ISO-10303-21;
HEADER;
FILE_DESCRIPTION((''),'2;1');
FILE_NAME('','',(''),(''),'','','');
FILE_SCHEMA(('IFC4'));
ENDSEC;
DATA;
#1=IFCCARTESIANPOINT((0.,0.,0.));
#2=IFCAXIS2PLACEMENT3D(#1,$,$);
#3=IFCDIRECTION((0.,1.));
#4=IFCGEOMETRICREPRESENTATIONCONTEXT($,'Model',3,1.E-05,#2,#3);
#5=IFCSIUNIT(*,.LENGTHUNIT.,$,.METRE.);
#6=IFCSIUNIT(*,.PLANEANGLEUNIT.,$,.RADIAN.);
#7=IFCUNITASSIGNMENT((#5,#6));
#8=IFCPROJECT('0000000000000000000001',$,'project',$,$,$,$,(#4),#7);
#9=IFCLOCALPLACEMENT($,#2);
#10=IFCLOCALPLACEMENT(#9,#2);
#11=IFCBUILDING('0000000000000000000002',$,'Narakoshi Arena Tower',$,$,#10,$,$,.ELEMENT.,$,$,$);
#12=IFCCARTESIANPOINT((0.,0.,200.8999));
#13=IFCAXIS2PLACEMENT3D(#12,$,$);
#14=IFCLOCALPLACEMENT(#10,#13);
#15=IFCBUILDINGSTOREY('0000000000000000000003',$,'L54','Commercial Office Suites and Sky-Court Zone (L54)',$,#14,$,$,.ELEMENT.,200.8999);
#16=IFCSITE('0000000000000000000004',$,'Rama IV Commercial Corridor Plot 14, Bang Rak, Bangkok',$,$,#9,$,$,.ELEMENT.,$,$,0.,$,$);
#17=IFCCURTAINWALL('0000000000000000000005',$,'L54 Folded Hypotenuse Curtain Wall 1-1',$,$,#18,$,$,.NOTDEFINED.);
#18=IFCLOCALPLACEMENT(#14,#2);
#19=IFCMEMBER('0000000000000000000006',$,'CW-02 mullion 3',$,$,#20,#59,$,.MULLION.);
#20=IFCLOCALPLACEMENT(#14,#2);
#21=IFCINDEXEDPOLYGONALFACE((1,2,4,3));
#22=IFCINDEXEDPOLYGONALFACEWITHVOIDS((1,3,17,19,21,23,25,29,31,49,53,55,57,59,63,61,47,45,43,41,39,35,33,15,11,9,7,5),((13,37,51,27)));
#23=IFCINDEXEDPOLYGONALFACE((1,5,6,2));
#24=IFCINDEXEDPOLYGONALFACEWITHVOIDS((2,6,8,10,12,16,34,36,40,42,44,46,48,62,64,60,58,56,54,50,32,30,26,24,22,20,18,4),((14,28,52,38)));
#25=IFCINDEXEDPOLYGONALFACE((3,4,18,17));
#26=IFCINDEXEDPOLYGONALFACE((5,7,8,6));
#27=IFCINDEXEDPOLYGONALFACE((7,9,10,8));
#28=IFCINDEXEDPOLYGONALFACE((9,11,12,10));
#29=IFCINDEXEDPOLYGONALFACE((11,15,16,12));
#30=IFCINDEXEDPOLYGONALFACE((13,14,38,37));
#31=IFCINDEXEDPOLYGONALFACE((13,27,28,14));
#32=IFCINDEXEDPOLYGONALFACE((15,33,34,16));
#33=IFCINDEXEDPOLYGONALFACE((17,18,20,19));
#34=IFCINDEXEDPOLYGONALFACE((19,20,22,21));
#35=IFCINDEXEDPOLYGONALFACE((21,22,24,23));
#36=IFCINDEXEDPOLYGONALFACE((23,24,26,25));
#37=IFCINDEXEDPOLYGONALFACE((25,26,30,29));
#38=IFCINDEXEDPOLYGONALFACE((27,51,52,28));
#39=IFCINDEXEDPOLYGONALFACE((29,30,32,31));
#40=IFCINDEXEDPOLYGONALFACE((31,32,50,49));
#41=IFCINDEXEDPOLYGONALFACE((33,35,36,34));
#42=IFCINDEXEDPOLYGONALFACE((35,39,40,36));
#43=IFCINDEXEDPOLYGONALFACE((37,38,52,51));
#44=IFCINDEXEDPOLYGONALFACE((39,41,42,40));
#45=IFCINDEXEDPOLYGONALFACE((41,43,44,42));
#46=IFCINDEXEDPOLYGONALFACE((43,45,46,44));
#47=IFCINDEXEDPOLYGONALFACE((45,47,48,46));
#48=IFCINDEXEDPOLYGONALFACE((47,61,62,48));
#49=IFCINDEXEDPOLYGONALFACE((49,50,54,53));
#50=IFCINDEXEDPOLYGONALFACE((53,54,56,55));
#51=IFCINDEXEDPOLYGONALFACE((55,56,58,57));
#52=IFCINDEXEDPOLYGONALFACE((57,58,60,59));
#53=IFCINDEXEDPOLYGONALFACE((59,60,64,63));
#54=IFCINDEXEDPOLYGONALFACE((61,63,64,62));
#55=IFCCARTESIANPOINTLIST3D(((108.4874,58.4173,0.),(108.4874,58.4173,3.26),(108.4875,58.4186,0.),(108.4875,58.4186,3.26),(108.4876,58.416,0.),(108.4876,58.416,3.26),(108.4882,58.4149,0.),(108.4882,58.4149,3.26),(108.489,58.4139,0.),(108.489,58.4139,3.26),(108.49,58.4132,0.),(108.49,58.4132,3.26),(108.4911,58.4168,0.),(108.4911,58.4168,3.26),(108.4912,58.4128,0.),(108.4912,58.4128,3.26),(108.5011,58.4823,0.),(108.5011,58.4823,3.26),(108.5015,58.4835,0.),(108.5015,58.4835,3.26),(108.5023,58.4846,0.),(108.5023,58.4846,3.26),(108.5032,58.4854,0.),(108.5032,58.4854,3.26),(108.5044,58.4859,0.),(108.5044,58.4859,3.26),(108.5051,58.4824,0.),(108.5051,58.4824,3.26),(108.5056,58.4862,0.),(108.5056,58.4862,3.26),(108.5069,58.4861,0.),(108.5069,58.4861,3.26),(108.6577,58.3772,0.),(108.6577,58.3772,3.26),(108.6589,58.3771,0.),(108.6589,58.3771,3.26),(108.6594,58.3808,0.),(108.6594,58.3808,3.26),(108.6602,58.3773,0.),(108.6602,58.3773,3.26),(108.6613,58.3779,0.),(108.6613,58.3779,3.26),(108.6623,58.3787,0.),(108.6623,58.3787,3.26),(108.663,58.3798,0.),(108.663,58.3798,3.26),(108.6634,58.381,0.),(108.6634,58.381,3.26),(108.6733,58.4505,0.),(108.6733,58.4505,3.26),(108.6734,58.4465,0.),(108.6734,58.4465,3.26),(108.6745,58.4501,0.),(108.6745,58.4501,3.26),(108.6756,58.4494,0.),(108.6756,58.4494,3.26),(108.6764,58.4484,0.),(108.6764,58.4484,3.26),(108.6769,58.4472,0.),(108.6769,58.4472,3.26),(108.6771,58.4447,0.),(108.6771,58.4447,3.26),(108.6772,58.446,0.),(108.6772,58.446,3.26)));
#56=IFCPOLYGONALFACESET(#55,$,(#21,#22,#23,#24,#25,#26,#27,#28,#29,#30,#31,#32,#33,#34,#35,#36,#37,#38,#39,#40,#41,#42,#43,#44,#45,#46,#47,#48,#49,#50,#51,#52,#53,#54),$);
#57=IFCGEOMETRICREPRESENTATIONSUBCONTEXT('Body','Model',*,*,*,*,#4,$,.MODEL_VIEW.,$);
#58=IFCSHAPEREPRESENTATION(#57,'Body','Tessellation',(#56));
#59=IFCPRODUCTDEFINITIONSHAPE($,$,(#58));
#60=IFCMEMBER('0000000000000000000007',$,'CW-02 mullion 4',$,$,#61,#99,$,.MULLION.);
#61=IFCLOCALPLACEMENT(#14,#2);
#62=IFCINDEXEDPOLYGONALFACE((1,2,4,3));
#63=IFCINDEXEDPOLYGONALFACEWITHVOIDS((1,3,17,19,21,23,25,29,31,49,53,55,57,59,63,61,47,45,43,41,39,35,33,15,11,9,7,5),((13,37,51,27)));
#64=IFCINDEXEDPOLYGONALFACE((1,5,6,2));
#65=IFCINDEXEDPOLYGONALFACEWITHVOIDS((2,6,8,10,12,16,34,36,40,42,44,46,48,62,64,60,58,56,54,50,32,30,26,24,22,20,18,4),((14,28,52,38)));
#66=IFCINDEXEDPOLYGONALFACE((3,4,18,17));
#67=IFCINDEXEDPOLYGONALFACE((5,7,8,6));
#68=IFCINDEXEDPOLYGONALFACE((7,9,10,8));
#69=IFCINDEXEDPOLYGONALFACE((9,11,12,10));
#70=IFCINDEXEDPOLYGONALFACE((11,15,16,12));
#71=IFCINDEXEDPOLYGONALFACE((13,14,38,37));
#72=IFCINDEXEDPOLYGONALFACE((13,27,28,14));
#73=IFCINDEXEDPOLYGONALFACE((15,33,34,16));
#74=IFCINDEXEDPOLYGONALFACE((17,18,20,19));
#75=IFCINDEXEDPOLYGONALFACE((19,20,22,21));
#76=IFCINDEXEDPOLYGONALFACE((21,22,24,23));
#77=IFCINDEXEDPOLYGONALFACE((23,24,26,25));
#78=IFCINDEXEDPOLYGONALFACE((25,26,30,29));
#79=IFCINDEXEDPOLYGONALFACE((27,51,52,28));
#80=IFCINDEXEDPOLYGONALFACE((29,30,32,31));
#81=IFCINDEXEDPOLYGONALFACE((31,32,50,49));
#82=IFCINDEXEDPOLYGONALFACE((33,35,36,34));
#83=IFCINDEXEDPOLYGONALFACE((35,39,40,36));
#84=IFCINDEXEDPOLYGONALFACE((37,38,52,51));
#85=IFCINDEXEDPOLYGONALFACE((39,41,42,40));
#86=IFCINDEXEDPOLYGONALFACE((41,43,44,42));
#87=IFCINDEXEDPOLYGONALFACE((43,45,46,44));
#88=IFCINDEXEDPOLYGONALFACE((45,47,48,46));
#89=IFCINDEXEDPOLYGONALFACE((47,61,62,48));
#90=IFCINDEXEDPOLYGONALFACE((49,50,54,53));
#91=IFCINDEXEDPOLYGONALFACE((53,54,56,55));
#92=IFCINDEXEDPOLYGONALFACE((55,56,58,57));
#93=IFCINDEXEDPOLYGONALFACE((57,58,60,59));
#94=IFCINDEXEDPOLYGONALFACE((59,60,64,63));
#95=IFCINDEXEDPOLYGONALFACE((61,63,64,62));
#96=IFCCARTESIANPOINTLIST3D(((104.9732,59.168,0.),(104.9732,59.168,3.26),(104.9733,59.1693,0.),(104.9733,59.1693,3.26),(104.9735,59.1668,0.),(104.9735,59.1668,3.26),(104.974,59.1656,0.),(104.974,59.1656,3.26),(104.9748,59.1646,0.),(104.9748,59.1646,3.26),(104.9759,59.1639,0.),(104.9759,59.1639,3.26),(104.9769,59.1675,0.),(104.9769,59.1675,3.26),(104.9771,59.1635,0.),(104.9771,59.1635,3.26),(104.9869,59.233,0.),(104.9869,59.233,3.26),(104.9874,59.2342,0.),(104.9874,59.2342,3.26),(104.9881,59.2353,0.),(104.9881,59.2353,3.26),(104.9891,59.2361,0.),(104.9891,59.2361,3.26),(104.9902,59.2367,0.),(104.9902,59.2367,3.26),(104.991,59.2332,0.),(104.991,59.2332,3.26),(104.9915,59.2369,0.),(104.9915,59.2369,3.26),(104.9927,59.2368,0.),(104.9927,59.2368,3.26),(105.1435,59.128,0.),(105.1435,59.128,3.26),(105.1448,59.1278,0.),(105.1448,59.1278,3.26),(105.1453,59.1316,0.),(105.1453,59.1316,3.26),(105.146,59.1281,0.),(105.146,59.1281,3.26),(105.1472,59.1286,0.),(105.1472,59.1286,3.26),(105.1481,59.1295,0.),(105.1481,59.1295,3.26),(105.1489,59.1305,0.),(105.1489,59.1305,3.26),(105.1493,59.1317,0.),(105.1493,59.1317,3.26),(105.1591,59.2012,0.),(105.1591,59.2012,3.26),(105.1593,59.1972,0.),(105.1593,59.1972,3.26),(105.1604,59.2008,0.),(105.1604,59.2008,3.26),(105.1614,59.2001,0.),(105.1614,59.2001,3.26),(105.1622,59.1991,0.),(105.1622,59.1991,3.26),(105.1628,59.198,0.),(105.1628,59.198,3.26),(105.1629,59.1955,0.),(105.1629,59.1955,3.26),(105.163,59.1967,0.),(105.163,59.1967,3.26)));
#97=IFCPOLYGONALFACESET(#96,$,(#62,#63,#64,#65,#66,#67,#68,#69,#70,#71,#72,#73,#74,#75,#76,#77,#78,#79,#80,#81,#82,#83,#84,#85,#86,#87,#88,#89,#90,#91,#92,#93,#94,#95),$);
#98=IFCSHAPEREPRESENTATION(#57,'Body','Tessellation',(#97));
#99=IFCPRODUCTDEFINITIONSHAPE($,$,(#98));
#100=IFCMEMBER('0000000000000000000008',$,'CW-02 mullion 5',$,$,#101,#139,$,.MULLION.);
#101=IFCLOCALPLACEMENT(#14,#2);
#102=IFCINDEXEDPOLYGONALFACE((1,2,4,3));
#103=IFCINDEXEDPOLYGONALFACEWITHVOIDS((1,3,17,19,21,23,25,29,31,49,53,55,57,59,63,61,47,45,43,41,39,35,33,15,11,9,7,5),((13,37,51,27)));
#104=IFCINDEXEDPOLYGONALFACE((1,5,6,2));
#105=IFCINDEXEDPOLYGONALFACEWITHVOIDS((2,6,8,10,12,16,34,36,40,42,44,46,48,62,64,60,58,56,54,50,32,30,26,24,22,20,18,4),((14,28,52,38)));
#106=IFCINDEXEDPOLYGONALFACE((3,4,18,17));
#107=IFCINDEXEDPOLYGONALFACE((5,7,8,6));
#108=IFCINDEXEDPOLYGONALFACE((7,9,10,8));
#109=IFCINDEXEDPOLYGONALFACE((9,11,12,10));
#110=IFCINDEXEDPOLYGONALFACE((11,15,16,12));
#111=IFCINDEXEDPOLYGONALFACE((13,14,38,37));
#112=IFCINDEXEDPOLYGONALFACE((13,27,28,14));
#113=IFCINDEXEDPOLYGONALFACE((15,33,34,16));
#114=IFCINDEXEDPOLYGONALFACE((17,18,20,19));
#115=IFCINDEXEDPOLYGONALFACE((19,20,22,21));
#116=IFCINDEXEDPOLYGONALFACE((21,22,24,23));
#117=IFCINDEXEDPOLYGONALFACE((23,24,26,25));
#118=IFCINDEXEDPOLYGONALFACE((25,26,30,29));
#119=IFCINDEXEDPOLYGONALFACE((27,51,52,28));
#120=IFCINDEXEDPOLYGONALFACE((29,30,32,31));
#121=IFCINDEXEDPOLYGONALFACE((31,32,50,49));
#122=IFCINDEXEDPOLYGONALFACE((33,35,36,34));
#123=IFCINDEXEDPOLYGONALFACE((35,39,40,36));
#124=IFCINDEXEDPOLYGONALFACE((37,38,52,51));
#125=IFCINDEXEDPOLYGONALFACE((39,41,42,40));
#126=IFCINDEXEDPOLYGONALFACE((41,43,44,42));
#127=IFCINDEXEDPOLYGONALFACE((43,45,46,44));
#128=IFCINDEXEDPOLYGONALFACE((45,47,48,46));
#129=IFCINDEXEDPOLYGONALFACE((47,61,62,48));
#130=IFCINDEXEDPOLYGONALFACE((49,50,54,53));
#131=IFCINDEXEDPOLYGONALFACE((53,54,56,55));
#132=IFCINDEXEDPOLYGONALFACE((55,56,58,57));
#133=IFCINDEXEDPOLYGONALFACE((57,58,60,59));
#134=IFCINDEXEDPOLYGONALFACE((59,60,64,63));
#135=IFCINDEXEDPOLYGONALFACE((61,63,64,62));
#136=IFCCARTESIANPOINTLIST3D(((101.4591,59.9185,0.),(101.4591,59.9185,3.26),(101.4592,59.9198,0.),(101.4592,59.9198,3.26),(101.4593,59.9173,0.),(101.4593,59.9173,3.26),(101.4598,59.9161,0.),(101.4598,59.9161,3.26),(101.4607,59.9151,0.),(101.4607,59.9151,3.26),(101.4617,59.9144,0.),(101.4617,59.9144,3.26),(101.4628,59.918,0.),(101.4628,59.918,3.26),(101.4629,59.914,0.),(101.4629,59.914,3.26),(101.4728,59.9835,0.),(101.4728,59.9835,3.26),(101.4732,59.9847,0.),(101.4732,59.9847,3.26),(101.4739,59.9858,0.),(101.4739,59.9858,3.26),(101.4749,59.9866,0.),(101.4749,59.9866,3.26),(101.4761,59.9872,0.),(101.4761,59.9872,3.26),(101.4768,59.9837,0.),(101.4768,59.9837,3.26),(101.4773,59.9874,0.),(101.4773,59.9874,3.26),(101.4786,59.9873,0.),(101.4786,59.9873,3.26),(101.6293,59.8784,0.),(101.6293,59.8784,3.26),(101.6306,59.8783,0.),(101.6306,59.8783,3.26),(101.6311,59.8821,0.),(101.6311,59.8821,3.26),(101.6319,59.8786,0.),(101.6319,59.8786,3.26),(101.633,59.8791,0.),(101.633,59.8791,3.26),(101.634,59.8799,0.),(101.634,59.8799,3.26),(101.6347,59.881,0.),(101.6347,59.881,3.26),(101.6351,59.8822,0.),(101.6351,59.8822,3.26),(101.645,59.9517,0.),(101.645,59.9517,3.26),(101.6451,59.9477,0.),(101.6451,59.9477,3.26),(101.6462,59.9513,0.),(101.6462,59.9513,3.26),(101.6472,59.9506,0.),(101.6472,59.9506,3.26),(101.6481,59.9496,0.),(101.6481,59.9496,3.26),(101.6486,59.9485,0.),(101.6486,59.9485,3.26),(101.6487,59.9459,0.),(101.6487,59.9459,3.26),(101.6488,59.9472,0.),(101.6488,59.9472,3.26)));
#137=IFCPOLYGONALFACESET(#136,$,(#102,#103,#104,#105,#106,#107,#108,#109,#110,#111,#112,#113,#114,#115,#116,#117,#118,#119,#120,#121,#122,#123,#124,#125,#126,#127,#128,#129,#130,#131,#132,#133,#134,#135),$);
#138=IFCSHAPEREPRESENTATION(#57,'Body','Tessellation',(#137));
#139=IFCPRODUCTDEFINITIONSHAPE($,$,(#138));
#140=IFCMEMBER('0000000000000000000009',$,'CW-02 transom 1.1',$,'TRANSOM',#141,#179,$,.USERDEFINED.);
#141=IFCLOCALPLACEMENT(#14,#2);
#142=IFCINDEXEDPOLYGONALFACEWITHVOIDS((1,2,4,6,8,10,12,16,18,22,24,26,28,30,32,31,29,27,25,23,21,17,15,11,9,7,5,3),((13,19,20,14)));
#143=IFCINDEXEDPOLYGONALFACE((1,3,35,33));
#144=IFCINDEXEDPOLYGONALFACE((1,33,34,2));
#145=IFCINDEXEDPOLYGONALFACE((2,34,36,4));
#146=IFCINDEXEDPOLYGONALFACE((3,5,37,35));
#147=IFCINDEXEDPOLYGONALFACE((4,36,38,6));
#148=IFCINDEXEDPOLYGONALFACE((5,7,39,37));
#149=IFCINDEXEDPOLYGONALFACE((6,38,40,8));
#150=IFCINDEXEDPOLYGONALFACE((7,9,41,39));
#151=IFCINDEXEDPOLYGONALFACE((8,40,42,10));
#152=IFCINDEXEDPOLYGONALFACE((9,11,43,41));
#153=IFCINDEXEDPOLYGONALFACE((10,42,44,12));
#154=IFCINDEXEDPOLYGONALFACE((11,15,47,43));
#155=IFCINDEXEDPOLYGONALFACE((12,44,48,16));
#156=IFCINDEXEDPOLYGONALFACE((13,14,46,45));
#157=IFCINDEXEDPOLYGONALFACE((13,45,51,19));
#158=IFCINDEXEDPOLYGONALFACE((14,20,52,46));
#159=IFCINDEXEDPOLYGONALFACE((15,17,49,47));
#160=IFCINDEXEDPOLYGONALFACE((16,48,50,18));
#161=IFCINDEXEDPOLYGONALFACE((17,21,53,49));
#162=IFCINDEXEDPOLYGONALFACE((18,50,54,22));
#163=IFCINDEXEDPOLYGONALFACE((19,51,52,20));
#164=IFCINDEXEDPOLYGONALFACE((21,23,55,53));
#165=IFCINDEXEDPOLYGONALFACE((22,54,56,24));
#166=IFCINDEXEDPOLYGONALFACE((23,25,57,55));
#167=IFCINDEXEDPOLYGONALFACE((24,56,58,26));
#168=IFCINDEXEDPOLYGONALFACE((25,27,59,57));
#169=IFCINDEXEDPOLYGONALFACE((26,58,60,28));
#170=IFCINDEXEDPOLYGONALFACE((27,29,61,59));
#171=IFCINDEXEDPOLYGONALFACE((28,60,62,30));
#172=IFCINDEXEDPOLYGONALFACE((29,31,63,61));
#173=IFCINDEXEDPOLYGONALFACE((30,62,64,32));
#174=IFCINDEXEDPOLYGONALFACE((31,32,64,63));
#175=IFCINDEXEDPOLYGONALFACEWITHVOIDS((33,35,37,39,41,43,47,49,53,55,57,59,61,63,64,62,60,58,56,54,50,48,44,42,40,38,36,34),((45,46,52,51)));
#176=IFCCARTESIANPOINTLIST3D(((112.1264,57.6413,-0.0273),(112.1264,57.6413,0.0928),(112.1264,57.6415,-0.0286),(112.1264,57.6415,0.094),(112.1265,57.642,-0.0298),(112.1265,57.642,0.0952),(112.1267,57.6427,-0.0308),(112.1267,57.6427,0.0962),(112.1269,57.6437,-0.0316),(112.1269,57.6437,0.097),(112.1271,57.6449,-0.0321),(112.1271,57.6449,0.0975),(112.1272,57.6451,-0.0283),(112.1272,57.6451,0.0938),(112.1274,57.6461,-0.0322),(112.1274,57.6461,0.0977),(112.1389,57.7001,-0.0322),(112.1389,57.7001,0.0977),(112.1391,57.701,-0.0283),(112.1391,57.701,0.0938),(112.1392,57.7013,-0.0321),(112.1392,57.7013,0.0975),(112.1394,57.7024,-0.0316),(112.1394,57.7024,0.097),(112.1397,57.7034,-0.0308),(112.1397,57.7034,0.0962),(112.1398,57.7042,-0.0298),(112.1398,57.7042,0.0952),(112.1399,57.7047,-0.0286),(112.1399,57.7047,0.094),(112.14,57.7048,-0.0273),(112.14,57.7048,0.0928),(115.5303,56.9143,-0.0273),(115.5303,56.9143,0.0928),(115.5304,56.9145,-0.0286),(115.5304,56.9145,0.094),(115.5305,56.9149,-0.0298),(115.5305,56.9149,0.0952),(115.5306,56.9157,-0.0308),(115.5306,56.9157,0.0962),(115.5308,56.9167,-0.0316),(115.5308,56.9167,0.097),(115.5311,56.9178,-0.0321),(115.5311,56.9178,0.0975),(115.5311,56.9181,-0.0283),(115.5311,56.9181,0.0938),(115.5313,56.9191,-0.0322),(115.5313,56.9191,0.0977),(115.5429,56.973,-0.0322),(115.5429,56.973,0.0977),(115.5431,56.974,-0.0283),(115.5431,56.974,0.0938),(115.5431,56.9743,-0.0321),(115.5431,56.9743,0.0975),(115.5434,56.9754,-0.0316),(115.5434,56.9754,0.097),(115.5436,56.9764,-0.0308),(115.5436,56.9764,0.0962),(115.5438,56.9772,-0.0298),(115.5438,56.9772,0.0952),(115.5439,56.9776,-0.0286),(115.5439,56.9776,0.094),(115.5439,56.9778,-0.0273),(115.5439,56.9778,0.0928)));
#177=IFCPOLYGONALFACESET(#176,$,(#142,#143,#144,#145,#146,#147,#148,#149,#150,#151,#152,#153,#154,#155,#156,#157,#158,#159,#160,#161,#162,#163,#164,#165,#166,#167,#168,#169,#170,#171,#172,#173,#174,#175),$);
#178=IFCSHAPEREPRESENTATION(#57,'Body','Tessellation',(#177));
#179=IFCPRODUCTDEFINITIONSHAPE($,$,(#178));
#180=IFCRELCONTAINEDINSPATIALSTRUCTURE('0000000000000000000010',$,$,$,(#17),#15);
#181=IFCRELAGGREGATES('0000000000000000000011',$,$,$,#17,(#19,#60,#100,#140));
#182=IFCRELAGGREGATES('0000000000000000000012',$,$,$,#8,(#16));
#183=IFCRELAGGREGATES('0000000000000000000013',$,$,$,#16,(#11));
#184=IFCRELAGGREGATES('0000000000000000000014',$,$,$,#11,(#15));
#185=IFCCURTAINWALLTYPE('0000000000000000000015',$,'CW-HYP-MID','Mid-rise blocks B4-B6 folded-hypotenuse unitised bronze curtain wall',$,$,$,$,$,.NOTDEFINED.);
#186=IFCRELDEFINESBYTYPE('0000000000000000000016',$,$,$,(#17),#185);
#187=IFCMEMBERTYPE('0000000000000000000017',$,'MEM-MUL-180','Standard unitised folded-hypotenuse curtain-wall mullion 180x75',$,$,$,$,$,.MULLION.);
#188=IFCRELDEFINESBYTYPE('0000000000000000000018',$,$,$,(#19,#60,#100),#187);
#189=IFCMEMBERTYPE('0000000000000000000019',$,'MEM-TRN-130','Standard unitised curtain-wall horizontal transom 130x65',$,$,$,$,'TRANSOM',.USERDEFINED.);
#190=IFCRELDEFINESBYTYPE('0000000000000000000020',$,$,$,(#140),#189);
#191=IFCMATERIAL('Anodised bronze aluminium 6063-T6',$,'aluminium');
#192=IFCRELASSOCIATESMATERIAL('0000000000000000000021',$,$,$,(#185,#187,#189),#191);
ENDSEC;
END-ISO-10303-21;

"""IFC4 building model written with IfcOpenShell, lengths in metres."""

from ifc_helpers import new_model, si_unit, direction, frame, origin, origin_2d, place, context, subcontext, project, spatial, hollow_rectangle, extrude, material, material_profile, profile_set, type_object, element, aggregate, save


model = new_model("IFC4")

# Units and contexts
model_context = context("Model", 3, precision=1e-05, world=origin(), true_north=direction((0.0, 1.0)))
body_context = subcontext(model_context, "Body", "Model", "MODEL_VIEW")
ifc_project = project(units=[si_unit("LENGTHUNIT", "METRE"), si_unit("PLANEANGLEUNIT", "RADIAN")], contexts=[model_context])

# Site, building, storey
site_placement = place(None, origin())
site = spatial("IfcSite", under=ifc_project, at=site_placement, Name="Rama IV Commercial Corridor Plot 14, Bang Rak, Bangkok", CompositionType="ELEMENT", RefElevation=0.0)
building_placement = place(site_placement, origin())
building = spatial("IfcBuilding", under=site, at=building_placement, Name="Narakoshi Arena Tower", CompositionType="ELEMENT")
storey_placement = place(building_placement, frame((0.0, 0.0, 200.8999)))
storey = spatial("IfcBuildingStorey", under=building, at=storey_placement, Name="L54", Description="Commercial Office Suites and Sky-Court Zone (L54)", CompositionType="ELEMENT", Elevation=200.8999)

# Curtain wall, members
ifc_material_1 = material(Name="Anodised bronze aluminium 6063-T6", Category="aluminium")
curtain_wall_type = type_object("IfcCurtainWallType", Name="CW-HYP-MID", Description="Mid-rise blocks B4-B6 folded-hypotenuse unitised bronze curtain wall", PredefinedType="NOTDEFINED", material=ifc_material_1)
curtain_wall_placement = place(storey_placement, origin())
curtain_wall = element("IfcCurtainWall", 1, at=curtain_wall_placement, inside=storey, type_object=curtain_wall_type, Name="L54 Folded Hypotenuse Curtain Wall 1-1", PredefinedType="NOTDEFINED")
ifc_material_profile_1 = material_profile(ifc_material_1, hollow_rectangle(XDim=0.075, YDim=0.1799, WallThickness=0.0039, OuterFilletRadius=0.0049, at=origin_2d()), Name="MUL180x75x4")
ifc_profile_set_1 = profile_set([ifc_material_profile_1], Name="Anodised bronze aluminium 6063-T6")
member_type_1 = type_object("IfcMemberType", Name="MEM-MUL-180", Description="Standard unitised folded-hypotenuse curtain-wall mullion 180x75", PredefinedType="MULLION", material=ifc_profile_set_1)
member_1_placement = place(storey_placement, frame((108.5823, 58.4316, 0.0), z_axis=(0.0, 0.0, 1.0), x_axis=(-0.208899, -0.977937, 0.0)))
member_1 = element("IfcMember", 2, at=member_1_placement, type_object=member_type_1, Name="CW-02 mullion 3", PredefinedType="MULLION", context=body_context, shape_type="SweptSolid", body=[
    extrude(hollow_rectangle(XDim=0.075, YDim=0.1799, WallThickness=0.0039, OuterFilletRadius=0.0049, at=origin_2d()), origin(), (0.0, 0.0, 1.0), 3.26),
])
member_2_placement = place(storey_placement, frame((105.0681, 59.1824, 0.0), z_axis=(0.0, 0.0, 1.0), x_axis=(-0.208899, -0.977937, 0.0)))
member_2 = element("IfcMember", 3, at=member_2_placement, type_object=member_type_1, Name="CW-02 mullion 4", PredefinedType="MULLION", context=body_context, shape_type="SweptSolid", body=[
    extrude(hollow_rectangle(XDim=0.075, YDim=0.1799, WallThickness=0.0039, OuterFilletRadius=0.0049, at=origin_2d()), origin(), (0.0, 0.0, 1.0), 3.26),
])
member_3_placement = place(storey_placement, frame((101.554, 59.9329, 0.0), z_axis=(0.0, 0.0, 1.0), x_axis=(-0.208899, -0.977937, 0.0)))
member_3 = element("IfcMember", 4, at=member_3_placement, type_object=member_type_1, Name="CW-02 mullion 5", PredefinedType="MULLION", context=body_context, shape_type="SweptSolid", body=[
    extrude(hollow_rectangle(XDim=0.075, YDim=0.1799, WallThickness=0.0039, OuterFilletRadius=0.0049, at=origin_2d()), origin(), (0.0, 0.0, 1.0), 3.26),
])
ifc_material_profile_2 = material_profile(ifc_material_1, hollow_rectangle(XDim=0.0649, YDim=0.1299, WallThickness=0.0039, OuterFilletRadius=0.0049, at=origin_2d()), Name="TRN130x65x4")
ifc_profile_set_2 = profile_set([ifc_material_profile_2], Name="Anodised bronze aluminium 6063-T6")
member_type_2 = type_object("IfcMemberType", Name="MEM-TRN-130", Description="Standard unitised curtain-wall horizontal transom 130x65", ElementType="TRANSOM", PredefinedType="USERDEFINED", material=ifc_profile_set_2)
member_4_placement = place(storey_placement, frame((115.5371, 56.946, 0.0327), z_axis=(-0.977943, 0.208873, 0.0), x_axis=(-0.208873, -0.977943, 0.0)))
member_4 = element("IfcMember", 5, at=member_4_placement, type_object=member_type_2, Name="CW-02 transom 1.1", ObjectType="TRANSOM", PredefinedType="USERDEFINED", context=body_context, shape_type="SweptSolid", body=[
    extrude(hollow_rectangle(XDim=0.0649, YDim=0.1299, WallThickness=0.0039, OuterFilletRadius=0.0049, at=origin_2d()), origin(), (0.0, 0.0, 1.0), 3.4807),
])
aggregate(curtain_wall, [member_1, member_2, member_3, member_4])

save(model, "model.ifc")
